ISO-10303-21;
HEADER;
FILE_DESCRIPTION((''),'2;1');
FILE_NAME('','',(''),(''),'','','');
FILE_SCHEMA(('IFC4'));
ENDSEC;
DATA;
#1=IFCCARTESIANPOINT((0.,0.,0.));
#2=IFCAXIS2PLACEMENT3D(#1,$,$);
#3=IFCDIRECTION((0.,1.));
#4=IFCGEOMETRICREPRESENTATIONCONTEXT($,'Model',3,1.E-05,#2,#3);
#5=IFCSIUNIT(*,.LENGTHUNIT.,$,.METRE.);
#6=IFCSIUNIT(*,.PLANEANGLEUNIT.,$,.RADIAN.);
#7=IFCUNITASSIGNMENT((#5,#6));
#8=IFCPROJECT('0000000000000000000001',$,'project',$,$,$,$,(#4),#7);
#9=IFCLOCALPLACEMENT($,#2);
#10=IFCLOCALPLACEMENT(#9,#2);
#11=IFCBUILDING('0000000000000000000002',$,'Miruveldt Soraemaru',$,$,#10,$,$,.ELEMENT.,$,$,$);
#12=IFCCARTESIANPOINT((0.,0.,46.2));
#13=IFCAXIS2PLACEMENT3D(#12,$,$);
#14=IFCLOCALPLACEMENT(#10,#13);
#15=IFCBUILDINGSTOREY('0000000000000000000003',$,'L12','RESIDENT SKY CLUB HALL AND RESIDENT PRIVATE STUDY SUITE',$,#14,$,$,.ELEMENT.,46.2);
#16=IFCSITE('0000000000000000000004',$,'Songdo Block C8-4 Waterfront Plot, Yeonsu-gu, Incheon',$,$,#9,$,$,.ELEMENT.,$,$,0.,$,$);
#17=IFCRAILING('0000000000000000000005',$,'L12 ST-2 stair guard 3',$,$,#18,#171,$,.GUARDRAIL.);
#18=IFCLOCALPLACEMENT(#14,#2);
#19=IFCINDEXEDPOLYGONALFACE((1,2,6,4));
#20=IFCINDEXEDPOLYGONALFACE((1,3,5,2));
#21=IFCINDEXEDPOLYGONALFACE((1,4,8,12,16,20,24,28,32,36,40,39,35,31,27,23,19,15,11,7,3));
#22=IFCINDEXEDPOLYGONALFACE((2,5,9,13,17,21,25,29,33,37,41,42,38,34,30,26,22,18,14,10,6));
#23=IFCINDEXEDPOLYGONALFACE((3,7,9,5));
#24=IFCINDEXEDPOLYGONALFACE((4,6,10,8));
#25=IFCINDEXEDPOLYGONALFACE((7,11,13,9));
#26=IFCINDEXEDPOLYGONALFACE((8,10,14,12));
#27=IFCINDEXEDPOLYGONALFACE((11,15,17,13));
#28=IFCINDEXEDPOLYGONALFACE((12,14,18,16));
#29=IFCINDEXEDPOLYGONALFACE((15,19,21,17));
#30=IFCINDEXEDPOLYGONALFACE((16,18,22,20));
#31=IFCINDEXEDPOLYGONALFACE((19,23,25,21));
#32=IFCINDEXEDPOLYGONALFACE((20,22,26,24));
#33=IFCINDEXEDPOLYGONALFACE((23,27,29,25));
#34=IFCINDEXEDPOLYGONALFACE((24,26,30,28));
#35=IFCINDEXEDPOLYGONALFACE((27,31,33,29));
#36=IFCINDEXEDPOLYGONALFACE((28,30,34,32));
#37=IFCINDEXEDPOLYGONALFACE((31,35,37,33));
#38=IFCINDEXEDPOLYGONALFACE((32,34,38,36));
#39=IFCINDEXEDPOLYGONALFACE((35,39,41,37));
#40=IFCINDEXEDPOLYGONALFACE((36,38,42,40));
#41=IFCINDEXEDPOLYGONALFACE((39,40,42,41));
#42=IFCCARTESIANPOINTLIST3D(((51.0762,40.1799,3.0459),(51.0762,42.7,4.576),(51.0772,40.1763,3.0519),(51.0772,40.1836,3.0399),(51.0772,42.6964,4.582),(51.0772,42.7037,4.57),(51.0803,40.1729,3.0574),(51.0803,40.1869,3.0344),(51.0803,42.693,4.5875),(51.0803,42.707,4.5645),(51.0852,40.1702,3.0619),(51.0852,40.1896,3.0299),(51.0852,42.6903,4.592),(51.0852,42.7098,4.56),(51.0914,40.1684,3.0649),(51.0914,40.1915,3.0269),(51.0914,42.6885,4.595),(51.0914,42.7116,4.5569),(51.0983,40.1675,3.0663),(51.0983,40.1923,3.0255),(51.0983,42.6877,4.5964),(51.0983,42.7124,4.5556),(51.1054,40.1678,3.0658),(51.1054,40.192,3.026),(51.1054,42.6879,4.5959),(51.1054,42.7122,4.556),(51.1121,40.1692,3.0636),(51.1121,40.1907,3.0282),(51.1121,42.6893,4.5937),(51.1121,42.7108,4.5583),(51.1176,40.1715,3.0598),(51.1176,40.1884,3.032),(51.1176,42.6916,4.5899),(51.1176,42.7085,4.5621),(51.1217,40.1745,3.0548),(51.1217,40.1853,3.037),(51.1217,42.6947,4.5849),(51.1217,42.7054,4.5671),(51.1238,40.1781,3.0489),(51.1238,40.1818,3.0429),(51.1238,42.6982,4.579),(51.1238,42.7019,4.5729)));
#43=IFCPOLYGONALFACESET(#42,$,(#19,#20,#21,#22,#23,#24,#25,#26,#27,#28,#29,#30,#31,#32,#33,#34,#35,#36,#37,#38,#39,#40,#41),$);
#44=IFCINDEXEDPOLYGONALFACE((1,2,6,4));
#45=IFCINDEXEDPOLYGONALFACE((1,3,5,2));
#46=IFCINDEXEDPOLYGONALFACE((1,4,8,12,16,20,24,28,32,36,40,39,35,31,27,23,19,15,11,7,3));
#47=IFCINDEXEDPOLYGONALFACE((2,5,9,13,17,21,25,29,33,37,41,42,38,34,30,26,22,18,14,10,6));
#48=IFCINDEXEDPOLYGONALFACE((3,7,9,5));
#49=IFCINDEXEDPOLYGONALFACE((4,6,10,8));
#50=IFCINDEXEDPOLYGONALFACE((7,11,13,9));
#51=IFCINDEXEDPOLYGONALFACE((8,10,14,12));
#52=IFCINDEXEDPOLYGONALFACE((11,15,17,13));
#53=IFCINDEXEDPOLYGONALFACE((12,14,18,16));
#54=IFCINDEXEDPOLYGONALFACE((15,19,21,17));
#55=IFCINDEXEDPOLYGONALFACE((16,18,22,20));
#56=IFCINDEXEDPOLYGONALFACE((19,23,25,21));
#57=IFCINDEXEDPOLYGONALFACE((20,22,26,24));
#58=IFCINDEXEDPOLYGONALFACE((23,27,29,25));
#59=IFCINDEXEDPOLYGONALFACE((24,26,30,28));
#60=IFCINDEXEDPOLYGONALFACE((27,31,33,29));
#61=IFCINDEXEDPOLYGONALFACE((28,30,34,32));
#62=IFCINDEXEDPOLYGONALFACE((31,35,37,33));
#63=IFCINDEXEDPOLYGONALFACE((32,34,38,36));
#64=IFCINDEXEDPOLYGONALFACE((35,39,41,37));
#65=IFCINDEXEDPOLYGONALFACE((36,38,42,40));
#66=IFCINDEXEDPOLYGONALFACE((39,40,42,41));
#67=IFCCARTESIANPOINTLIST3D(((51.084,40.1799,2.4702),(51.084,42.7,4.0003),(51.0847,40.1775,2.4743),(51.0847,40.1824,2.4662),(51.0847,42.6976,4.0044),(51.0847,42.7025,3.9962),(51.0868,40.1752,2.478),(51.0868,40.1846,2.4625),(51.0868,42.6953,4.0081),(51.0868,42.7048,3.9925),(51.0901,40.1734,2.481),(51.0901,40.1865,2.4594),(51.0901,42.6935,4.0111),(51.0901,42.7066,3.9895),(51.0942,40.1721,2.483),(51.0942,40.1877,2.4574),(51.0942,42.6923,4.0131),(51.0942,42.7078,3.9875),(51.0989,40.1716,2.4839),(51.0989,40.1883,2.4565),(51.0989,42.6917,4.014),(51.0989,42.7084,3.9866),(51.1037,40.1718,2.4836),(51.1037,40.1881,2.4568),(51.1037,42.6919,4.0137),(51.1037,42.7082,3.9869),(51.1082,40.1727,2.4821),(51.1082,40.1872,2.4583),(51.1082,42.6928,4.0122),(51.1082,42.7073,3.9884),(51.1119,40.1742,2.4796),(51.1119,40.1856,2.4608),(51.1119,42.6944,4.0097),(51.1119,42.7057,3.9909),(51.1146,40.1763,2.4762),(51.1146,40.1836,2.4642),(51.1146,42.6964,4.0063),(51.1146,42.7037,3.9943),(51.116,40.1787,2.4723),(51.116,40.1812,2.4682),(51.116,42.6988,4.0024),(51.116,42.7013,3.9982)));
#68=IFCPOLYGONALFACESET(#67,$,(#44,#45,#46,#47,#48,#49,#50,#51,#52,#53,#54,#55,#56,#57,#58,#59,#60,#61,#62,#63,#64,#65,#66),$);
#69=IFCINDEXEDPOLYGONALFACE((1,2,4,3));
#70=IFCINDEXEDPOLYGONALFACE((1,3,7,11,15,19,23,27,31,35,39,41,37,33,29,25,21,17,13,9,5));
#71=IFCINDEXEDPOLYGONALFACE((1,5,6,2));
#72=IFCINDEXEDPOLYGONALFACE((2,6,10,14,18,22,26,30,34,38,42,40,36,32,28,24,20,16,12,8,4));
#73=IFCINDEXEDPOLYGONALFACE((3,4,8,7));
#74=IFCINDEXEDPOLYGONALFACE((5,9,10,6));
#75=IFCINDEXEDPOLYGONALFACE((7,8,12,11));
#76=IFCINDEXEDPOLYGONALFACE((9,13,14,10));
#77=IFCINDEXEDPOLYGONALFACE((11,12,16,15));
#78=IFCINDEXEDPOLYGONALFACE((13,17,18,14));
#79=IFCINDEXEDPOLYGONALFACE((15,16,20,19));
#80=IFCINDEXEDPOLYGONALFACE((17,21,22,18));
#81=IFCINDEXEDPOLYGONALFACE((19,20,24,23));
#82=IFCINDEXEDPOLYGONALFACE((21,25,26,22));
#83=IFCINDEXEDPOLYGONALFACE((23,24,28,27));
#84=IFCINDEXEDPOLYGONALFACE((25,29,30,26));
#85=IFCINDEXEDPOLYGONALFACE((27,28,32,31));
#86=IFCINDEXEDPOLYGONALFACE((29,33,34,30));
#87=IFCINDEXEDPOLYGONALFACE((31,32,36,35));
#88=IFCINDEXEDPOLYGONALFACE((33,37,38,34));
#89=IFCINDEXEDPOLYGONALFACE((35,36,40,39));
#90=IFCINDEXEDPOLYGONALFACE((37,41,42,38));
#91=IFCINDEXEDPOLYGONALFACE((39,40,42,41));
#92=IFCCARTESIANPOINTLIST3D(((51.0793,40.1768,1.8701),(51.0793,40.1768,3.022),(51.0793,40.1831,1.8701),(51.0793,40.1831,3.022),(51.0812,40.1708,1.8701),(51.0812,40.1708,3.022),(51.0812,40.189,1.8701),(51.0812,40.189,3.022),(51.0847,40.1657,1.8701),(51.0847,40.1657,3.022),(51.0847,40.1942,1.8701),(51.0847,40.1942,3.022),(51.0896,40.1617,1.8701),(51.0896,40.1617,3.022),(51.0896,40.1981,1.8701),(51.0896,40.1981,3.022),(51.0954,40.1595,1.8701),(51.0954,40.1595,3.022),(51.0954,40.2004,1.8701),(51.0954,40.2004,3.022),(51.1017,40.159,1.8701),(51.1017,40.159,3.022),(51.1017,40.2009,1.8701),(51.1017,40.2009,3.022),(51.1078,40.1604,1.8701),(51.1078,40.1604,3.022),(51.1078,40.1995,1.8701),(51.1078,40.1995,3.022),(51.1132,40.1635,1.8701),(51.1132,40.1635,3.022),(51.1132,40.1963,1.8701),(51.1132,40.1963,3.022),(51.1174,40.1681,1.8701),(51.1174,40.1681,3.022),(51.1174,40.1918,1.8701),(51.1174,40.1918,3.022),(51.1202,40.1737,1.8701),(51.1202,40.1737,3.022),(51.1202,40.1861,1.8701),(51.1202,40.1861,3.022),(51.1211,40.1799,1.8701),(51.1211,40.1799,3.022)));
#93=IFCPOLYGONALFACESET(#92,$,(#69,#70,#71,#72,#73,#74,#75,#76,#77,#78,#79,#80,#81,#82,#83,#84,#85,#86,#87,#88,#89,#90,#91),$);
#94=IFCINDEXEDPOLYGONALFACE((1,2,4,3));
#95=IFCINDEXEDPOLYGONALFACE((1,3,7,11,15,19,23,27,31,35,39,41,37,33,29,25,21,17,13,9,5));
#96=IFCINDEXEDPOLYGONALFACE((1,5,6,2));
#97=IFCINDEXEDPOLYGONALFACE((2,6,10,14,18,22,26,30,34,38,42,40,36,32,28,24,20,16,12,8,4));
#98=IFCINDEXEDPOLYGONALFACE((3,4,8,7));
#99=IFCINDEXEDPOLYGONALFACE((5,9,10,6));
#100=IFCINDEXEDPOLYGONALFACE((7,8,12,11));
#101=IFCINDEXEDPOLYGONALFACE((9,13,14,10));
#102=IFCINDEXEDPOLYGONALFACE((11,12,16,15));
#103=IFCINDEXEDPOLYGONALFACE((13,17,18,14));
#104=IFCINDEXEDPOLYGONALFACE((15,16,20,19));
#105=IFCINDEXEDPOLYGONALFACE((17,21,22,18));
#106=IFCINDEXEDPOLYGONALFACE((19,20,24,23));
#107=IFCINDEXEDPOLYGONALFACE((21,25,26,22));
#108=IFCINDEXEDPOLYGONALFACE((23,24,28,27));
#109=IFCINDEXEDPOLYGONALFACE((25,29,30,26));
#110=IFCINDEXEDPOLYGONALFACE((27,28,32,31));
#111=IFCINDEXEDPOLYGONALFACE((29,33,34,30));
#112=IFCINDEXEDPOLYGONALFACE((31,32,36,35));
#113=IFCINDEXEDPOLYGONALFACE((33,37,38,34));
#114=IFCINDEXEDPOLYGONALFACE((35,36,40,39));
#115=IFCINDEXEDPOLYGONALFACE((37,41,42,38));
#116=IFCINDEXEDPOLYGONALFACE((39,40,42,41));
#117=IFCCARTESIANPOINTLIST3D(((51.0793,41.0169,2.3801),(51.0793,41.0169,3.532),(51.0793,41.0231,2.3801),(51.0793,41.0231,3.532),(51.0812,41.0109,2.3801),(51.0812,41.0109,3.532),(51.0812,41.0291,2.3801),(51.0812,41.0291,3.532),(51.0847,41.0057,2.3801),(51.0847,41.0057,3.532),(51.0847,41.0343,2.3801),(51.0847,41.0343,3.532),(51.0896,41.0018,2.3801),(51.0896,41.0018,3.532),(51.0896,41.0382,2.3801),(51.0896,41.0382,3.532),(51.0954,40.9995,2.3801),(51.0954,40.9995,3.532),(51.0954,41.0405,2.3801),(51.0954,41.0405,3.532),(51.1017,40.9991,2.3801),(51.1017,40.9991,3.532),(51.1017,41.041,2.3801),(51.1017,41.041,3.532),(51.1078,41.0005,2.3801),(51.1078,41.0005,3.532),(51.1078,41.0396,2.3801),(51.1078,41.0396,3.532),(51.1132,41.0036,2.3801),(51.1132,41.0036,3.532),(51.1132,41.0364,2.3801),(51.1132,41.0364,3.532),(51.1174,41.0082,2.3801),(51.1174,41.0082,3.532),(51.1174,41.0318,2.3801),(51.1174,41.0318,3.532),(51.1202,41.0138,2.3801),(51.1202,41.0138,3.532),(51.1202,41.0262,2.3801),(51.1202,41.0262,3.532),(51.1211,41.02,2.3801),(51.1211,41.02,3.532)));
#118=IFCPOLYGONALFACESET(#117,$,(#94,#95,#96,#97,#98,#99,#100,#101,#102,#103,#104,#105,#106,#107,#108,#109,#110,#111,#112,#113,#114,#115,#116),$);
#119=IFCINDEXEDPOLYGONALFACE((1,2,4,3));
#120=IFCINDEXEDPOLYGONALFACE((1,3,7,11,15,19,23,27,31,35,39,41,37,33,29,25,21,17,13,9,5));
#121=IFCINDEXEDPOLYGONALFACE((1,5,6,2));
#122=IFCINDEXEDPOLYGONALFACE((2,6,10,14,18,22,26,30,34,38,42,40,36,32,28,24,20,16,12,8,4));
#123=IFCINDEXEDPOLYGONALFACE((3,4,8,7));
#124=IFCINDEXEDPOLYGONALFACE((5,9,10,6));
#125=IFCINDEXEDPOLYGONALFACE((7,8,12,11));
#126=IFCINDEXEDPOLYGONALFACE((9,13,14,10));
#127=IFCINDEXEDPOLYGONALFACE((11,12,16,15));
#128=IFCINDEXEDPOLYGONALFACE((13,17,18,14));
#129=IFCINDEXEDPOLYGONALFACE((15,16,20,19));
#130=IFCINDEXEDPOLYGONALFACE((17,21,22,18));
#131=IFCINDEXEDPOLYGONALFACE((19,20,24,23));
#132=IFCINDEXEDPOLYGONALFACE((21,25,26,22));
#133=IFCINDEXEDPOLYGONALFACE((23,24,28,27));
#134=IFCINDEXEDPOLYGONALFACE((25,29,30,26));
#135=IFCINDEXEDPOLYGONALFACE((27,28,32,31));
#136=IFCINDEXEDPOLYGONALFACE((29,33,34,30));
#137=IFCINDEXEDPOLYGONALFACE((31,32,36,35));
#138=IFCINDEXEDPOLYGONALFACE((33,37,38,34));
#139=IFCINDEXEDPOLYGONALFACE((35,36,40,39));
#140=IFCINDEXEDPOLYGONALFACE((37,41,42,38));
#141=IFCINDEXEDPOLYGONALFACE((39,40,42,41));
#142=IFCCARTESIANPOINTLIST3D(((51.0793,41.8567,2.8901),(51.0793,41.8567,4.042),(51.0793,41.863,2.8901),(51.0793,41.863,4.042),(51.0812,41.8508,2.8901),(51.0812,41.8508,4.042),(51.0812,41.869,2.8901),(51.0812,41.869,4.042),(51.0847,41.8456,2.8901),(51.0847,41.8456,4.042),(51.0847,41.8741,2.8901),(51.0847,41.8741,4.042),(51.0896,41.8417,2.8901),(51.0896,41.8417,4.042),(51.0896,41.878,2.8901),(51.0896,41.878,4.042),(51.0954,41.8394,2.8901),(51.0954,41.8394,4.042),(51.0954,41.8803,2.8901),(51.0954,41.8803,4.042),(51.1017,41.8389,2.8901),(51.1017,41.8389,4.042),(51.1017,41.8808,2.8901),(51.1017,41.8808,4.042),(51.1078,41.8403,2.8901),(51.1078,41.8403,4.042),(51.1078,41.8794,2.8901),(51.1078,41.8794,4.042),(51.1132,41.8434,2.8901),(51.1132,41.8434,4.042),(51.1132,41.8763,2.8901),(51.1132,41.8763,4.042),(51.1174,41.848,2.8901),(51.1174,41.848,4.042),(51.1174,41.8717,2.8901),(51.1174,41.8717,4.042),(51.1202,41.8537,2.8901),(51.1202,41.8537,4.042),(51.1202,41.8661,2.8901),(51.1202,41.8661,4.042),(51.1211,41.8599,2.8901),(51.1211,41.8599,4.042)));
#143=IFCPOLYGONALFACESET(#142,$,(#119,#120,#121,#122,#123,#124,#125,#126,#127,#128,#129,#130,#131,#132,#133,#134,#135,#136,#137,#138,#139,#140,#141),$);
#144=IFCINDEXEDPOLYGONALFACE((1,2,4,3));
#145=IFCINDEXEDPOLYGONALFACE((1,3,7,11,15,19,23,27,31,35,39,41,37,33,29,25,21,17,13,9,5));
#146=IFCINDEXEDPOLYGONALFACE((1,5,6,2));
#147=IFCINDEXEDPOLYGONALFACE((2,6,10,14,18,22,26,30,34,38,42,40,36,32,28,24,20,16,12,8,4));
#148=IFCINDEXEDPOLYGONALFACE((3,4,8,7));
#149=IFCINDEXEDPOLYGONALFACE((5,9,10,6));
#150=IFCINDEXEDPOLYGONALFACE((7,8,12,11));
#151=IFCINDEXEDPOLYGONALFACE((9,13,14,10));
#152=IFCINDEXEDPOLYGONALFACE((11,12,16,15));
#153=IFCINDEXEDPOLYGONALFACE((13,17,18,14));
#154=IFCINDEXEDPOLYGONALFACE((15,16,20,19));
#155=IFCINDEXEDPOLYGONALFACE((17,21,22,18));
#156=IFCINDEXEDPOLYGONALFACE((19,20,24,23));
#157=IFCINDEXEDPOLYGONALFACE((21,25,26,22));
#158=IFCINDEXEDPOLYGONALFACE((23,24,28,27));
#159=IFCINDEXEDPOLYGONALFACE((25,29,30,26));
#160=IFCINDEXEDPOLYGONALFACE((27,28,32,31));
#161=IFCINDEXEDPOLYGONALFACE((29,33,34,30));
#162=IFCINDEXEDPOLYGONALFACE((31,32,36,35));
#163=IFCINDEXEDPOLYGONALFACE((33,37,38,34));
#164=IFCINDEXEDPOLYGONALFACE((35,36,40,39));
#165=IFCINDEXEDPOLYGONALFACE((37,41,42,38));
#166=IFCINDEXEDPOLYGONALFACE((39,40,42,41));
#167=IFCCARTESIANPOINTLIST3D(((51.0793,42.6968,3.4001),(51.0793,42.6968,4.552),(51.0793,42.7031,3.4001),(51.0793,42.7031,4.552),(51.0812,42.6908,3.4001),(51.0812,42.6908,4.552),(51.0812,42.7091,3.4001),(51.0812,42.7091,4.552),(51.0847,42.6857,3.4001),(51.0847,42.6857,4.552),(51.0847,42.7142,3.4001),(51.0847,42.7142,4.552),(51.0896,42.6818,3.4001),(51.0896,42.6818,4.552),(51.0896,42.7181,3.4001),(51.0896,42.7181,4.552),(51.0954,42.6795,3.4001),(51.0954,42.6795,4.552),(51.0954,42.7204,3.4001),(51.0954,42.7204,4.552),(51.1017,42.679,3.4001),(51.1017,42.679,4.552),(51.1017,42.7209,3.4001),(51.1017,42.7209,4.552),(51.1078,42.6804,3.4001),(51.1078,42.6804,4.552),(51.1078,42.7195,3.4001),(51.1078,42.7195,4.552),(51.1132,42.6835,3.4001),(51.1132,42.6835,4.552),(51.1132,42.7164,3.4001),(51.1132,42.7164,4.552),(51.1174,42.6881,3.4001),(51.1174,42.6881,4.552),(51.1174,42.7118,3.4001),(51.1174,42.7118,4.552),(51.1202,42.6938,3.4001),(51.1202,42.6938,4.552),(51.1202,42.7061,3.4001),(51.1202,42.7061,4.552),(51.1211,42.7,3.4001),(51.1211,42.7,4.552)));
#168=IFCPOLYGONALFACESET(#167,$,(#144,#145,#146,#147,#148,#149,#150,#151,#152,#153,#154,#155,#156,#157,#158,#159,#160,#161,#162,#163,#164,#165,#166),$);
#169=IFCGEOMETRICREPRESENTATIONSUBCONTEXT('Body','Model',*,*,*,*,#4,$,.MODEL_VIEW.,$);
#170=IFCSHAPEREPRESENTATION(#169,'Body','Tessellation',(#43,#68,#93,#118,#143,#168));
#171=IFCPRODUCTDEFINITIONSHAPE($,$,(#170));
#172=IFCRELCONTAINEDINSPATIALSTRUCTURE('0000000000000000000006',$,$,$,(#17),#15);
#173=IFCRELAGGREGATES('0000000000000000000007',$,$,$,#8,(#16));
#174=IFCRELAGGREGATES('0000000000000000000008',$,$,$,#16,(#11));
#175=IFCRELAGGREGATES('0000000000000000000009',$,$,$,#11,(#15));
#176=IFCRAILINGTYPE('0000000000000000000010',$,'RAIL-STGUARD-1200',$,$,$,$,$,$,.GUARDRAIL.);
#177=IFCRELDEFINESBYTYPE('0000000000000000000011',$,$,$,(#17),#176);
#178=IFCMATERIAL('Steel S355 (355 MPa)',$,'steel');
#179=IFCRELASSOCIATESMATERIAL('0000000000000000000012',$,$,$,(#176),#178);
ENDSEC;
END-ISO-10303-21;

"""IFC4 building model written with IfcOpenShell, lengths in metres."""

from ifc_helpers import new_model, si_unit, direction, frame, origin, origin_2d, place, context, subcontext, project, spatial, circle, extrude, material, type_object, element, save


model = new_model("IFC4")

# Units and contexts
model_context = context("Model", 3, precision=1e-05, world=origin(), true_north=direction((0.0, 1.0)))
body_context = subcontext(model_context, "Body", "Model", "MODEL_VIEW")
ifc_project = project(units=[si_unit("LENGTHUNIT", "METRE"), si_unit("PLANEANGLEUNIT", "RADIAN")], contexts=[model_context])

# Site, building, storey
site_placement = place(None, origin())
site = spatial("IfcSite", under=ifc_project, at=site_placement, Name="Songdo Block C8-4 Waterfront Plot, Yeonsu-gu, Incheon", CompositionType="ELEMENT", RefElevation=0.0)
building_placement = place(site_placement, origin())
building = spatial("IfcBuilding", under=site, at=building_placement, Name="Miruveldt Soraemaru", CompositionType="ELEMENT")
storey_placement = place(building_placement, frame((0.0, 0.0, 46.2)))
storey = spatial("IfcBuildingStorey", under=building, at=storey_placement, Name="L12", Description="RESIDENT SKY CLUB HALL AND RESIDENT PRIVATE STUDY SUITE", CompositionType="ELEMENT", Elevation=46.2)

# Railing
ifc_material_1 = material(Name="Steel S355 (355 MPa)", Category="steel")
railing_type_1 = type_object("IfcRailingType", Name="RAIL-STGUARD-1200", PredefinedType="GUARDRAIL", material=ifc_material_1)
railing_1_placement = place(storey_placement, frame((51.1001, 40.1799, 1.8701)))
element("IfcRailing", 1, at=railing_1_placement, inside=storey, type_object=railing_type_1, Name="L12 ST-2 stair guard 3", PredefinedType="GUARDRAIL", context=body_context, shape_type="SweptSolid", body=[
    extrude(circle(Radius=0.0239, at=origin_2d()), frame((0.0, 0.0, 1.1758), z_axis=(0.0, 0.854785, 0.518982), x_axis=(-1.0, 0.0, 0.0)), (0.0, 0.0, 1.0), 2.9482),
    extrude(circle(Radius=0.0161, at=origin_2d()), frame((0.0, 0.0, 0.6001), z_axis=(0.0, 0.854785, 0.518982), x_axis=(-1.0, 0.0, 0.0)), (0.0, 0.0, 1.0), 2.9482),
    extrude(circle(Radius=0.021, at=origin_2d()), origin(), (0.0, 0.0, 1.0), 1.1519),
    extrude(circle(Radius=0.021, at=origin_2d()), frame((0.0, 0.8401, 0.51)), (0.0, 0.0, 1.0), 1.1519),
    extrude(circle(Radius=0.021, at=origin_2d()), frame((0.0, 1.6799, 1.02)), (0.0, 0.0, 1.0), 1.1519),
    extrude(circle(Radius=0.021, at=origin_2d()), frame((0.0, 2.52, 1.53)), (0.0, 0.0, 1.0), 1.1519),
])

save(model, "model.ifc")
